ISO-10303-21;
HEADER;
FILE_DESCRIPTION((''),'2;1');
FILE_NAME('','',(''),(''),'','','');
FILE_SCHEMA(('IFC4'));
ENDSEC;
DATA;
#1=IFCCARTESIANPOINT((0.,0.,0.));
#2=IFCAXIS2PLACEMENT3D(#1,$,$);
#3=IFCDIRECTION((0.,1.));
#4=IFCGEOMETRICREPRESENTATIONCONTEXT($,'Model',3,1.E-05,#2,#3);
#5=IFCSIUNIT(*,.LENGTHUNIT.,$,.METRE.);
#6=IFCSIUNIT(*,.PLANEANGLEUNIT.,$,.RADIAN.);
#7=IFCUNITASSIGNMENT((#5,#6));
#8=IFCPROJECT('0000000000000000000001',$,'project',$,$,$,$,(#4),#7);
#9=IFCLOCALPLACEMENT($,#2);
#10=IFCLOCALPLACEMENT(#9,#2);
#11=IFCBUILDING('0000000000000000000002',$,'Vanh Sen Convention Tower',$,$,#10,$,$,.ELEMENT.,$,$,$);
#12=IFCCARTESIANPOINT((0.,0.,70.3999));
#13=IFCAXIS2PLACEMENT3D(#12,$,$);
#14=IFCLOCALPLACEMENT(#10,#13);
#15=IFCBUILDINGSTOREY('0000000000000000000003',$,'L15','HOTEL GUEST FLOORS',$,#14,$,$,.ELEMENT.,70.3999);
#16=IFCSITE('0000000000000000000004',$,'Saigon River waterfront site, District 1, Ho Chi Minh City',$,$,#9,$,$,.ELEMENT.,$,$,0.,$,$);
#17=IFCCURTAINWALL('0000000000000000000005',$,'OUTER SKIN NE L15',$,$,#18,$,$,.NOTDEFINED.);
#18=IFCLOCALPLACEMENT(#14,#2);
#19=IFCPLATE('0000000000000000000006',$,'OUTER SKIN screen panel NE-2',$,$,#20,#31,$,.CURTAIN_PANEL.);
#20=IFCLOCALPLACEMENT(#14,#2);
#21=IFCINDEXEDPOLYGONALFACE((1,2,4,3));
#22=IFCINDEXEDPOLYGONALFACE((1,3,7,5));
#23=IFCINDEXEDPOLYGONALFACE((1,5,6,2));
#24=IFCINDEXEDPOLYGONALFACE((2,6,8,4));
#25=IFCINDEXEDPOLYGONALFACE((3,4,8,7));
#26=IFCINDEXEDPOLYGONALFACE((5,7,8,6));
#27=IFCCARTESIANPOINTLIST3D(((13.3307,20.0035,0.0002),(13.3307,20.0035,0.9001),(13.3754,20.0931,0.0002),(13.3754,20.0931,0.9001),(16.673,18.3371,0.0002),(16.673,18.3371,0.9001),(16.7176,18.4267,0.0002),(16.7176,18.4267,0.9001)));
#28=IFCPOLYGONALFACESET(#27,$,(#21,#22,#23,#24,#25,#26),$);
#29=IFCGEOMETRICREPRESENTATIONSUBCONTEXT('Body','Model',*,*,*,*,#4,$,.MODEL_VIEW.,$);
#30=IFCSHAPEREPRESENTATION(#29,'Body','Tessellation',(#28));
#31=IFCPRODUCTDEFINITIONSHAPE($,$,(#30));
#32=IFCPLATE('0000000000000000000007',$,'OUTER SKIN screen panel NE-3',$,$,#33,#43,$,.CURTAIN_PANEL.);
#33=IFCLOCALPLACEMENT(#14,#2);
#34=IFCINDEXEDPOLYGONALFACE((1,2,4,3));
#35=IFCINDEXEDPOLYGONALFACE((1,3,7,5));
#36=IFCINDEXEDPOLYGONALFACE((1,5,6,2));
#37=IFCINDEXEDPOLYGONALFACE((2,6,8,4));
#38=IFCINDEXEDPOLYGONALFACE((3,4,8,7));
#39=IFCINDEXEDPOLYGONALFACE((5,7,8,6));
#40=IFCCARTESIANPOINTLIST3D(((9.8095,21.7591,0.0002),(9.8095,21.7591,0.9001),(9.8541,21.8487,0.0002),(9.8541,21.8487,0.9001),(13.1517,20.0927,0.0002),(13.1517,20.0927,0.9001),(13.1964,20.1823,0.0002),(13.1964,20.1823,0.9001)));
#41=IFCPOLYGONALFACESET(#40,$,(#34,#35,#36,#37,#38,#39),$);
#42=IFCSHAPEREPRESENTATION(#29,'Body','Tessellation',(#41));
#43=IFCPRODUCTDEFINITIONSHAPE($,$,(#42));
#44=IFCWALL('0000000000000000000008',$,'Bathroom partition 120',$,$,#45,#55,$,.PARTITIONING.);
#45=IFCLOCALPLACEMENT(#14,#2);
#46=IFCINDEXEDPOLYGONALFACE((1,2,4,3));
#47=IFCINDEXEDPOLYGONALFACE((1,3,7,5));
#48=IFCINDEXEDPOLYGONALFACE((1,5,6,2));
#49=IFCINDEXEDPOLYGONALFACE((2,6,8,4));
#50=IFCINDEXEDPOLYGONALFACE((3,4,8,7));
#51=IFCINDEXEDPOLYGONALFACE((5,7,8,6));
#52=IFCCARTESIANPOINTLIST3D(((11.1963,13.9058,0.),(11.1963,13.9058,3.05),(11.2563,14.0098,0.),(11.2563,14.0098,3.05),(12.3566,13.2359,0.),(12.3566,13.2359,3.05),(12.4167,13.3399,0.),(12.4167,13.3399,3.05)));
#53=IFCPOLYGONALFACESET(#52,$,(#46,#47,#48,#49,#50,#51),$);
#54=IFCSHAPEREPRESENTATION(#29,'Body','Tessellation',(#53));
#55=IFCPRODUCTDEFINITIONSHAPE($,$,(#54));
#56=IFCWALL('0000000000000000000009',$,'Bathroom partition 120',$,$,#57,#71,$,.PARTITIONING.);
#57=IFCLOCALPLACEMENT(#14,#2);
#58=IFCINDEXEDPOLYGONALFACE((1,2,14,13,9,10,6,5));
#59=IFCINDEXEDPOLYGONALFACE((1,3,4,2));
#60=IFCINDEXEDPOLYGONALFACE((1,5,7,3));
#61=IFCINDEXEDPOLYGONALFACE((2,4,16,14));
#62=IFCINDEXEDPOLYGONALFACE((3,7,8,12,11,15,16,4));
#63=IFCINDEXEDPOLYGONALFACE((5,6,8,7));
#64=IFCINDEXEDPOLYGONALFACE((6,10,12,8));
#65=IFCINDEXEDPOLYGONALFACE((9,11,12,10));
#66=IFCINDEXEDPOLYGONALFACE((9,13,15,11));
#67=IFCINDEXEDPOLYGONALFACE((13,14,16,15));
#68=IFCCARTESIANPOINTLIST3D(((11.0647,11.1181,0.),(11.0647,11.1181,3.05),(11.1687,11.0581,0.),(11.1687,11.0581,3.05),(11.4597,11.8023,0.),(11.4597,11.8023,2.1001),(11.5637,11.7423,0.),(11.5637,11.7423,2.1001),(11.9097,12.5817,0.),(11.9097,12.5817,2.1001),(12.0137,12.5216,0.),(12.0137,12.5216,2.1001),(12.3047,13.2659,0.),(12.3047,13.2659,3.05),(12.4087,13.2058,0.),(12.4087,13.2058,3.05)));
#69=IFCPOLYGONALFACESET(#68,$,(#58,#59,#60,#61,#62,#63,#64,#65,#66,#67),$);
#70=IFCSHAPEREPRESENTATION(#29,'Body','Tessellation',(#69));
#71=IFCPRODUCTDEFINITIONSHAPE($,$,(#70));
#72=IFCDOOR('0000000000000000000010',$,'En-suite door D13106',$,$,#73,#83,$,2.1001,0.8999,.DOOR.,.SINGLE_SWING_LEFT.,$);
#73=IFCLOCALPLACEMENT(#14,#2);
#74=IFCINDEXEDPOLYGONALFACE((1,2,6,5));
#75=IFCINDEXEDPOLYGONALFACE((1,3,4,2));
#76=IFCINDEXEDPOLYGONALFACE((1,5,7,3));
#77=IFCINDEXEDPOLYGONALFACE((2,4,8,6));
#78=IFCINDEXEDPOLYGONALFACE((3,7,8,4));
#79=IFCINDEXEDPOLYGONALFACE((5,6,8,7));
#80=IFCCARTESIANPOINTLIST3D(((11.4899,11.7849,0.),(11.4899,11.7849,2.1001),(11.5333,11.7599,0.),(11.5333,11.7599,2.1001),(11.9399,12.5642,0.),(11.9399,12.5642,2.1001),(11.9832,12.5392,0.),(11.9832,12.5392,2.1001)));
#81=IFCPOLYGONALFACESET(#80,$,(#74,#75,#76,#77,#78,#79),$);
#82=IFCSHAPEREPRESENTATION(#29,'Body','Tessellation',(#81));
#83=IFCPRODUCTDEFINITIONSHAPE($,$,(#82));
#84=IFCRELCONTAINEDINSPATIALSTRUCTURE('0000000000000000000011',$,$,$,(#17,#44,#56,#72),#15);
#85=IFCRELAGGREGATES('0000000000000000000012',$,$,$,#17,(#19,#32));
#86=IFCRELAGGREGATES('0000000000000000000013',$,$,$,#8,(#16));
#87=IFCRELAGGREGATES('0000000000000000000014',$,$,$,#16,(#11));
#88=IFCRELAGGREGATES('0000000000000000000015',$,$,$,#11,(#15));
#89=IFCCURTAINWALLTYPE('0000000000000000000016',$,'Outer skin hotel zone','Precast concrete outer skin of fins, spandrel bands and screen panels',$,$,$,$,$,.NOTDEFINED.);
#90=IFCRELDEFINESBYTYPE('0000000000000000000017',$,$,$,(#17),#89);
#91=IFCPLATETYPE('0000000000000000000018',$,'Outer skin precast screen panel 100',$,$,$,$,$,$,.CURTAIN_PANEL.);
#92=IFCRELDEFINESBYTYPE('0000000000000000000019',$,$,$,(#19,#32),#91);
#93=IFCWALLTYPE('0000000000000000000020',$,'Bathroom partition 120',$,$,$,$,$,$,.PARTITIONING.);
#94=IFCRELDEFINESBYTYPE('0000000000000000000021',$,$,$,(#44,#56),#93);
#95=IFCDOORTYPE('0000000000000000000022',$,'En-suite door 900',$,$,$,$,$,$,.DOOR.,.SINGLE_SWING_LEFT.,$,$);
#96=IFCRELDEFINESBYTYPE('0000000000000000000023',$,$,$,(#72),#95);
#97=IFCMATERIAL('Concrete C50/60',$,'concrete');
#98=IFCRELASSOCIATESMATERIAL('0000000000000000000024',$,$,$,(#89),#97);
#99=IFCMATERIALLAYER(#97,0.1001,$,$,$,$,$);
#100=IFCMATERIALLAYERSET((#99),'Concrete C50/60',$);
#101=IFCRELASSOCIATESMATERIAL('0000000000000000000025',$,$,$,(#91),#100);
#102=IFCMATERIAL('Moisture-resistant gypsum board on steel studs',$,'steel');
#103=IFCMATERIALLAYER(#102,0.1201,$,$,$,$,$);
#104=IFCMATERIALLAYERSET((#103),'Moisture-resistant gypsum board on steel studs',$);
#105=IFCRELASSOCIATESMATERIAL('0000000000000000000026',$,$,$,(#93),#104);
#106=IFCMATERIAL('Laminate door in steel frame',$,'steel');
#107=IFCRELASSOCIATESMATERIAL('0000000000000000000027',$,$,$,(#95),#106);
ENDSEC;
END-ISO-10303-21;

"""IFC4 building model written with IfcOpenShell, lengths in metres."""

from ifc_helpers import new_model, si_unit, direction, frame, frame_2d, origin, origin_2d, place, context, subcontext, project, spatial, rectangle, extrude, material, layer, layer_set, type_object, element, fill, aggregate, save


model = new_model("IFC4")

# Units and contexts
model_context = context("Model", 3, precision=1e-05, world=origin(), true_north=direction((0.0, 1.0)))
body_context = subcontext(model_context, "Body", "Model", "MODEL_VIEW")
ifc_project = project(units=[si_unit("LENGTHUNIT", "METRE"), si_unit("PLANEANGLEUNIT", "RADIAN")], contexts=[model_context])

# Site, building, storey
site_placement = place(None, origin())
site = spatial("IfcSite", under=ifc_project, at=site_placement, Name="Saigon River waterfront site, District 1, Ho Chi Minh City", CompositionType="ELEMENT", RefElevation=0.0)
building_placement = place(site_placement, origin())
building = spatial("IfcBuilding", under=site, at=building_placement, Name="Vanh Sen Convention Tower", CompositionType="ELEMENT")
storey_placement = place(building_placement, frame((0.0, 0.0, 70.3999)))
storey = spatial("IfcBuildingStorey", under=building, at=storey_placement, Name="L15", Description="HOTEL GUEST FLOORS", CompositionType="ELEMENT", Elevation=70.3999)

# Curtain wall
ifc_material_1 = material(Name="Concrete C50/60", Category="concrete")
curtain_wall_type = type_object("IfcCurtainWallType", Name="Outer skin hotel zone", Description="Precast concrete outer skin of fins, spandrel bands and screen panels", PredefinedType="NOTDEFINED", material=ifc_material_1)
curtain_wall_1_placement = place(storey_placement, origin())
curtain_wall_1 = element("IfcCurtainWall", 1, at=curtain_wall_1_placement, inside=storey, type_object=curtain_wall_type, Name="OUTER SKIN NE L15", PredefinedType="NOTDEFINED")

# Shared definitions
ifc_layer_1 = layer(ifc_material_1, 0.1001)
ifc_layer_set_1 = layer_set([ifc_layer_1], Name="Concrete C50/60")
plate_type = type_object("IfcPlateType", Name="Outer skin precast screen panel 100", PredefinedType="CURTAIN_PANEL", material=ifc_layer_set_1)

# Plates
plate_1_placement = place(storey_placement, frame((15.0242, 19.2151, 0.0002), z_axis=(0.0, 0.0, 1.0), x_axis=(-0.894935, 0.446196, 0.0)))
plate_1 = element("IfcPlate", 2, at=plate_1_placement, type_object=plate_type, Name="OUTER SKIN screen panel NE-2", PredefinedType="CURTAIN_PANEL", context=body_context, shape_type="SweptSolid", body=[
    extrude(rectangle(XDim=3.7346, YDim=0.1001, at=origin_2d()), origin(), (0.0, 0.0, 1.0), 0.8999),
])
plate_2_placement = place(storey_placement, frame((11.5029, 20.9707, 0.0002), z_axis=(0.0, 0.0, 1.0), x_axis=(-0.894935, 0.446196, 0.0)))
plate_2 = element("IfcPlate", 3, at=plate_2_placement, type_object=plate_type, Name="OUTER SKIN screen panel NE-3", PredefinedType="CURTAIN_PANEL", context=body_context, shape_type="SweptSolid", body=[
    extrude(rectangle(XDim=3.7346, YDim=0.1001, at=origin_2d()), origin(), (0.0, 0.0, 1.0), 0.8999),
])
aggregate(curtain_wall_1, [plate_1, plate_2])

# Wall
ifc_material_2 = material(Name="Moisture-resistant gypsum board on steel studs", Category="steel")
ifc_layer_2 = layer(ifc_material_2, 0.1201)
ifc_layer_set_2 = layer_set([ifc_layer_2], Name="Moisture-resistant gypsum board on steel studs")
wall_type_1 = type_object("IfcWallType", Name="Bathroom partition 120", PredefinedType="PARTITIONING", material=ifc_layer_set_2)
wall_1_placement = place(storey_placement, frame((11.2263, 13.9578, 0.0), z_axis=(0.0, 0.0, 1.0), x_axis=(0.866037, -0.49998, 0.0)))
element("IfcWall", 4, at=wall_1_placement, inside=storey, type_object=wall_type_1, Name="Bathroom partition 120", PredefinedType="PARTITIONING", context=body_context, shape_type="SweptSolid", body=[
    extrude(rectangle(XDim=1.3398, YDim=0.1201, at=frame_2d((0.6699, 0.0))), origin(), (0.0, 0.0, 1.0), 3.05),
])

# Wall, opening, door
wall_2_placement = place(storey_placement, frame((12.3567, 13.2358, 0.0), z_axis=(0.0, 0.0, 1.0), x_axis=(-0.500004, -0.866023, 0.0)))
wall_2 = element("IfcWall", 5, at=wall_2_placement, inside=storey, type_object=wall_type_1, Name="Bathroom partition 120", PredefinedType="PARTITIONING", context=body_context, shape_type="SweptSolid", body=[
    extrude(rectangle(XDim=2.48, YDim=0.1201, at=frame_2d((1.24, 0.0))), origin(), (0.0, 0.0, 1.0), 3.05),
])
opening_1_placement = place(wall_2_placement, frame((0.79, 0.0, 0.0)))
opening_1 = element("IfcOpeningElement", 6, at=opening_1_placement, cuts=wall_2, PredefinedType="OPENING", context=body_context, shape_type="SweptSolid", body=[
    extrude(rectangle(XDim=0.8999, YDim=2.1001, at=frame_2d((0.45, 1.05))), frame((0.0, 0.0701, 0.0), z_axis=(0.0, -1.0, 0.0), x_axis=(1.0, 0.0, 0.0)), (0.0, 0.0, 1.0), 0.1401),
])
ifc_material_3 = material(Name="Laminate door in steel frame", Category="steel")
door_type = type_object("IfcDoorType", Name="En-suite door 900", OperationType="SINGLE_SWING_LEFT", PredefinedType="DOOR", material=ifc_material_3)
door_placement = place(opening_1_placement, origin())
door = element("IfcDoor", 7, at=door_placement, inside=storey, type_object=door_type, Name="En-suite door D13106", OperationType="SINGLE_SWING_LEFT", OverallHeight=2.1001, OverallWidth=0.8999, PredefinedType="DOOR", context=body_context, shape_type="SweptSolid", body=[
    extrude(rectangle(XDim=0.8999, YDim=2.1001, at=frame_2d((0.45, 1.05))), frame((0.0, 0.0249, 0.0), z_axis=(0.0, -1.0, 0.0), x_axis=(1.0, 0.0, 0.0)), (0.0, 0.0, 1.0), 0.05),
])
fill(opening_1, door)

save(model, "model.ifc")
